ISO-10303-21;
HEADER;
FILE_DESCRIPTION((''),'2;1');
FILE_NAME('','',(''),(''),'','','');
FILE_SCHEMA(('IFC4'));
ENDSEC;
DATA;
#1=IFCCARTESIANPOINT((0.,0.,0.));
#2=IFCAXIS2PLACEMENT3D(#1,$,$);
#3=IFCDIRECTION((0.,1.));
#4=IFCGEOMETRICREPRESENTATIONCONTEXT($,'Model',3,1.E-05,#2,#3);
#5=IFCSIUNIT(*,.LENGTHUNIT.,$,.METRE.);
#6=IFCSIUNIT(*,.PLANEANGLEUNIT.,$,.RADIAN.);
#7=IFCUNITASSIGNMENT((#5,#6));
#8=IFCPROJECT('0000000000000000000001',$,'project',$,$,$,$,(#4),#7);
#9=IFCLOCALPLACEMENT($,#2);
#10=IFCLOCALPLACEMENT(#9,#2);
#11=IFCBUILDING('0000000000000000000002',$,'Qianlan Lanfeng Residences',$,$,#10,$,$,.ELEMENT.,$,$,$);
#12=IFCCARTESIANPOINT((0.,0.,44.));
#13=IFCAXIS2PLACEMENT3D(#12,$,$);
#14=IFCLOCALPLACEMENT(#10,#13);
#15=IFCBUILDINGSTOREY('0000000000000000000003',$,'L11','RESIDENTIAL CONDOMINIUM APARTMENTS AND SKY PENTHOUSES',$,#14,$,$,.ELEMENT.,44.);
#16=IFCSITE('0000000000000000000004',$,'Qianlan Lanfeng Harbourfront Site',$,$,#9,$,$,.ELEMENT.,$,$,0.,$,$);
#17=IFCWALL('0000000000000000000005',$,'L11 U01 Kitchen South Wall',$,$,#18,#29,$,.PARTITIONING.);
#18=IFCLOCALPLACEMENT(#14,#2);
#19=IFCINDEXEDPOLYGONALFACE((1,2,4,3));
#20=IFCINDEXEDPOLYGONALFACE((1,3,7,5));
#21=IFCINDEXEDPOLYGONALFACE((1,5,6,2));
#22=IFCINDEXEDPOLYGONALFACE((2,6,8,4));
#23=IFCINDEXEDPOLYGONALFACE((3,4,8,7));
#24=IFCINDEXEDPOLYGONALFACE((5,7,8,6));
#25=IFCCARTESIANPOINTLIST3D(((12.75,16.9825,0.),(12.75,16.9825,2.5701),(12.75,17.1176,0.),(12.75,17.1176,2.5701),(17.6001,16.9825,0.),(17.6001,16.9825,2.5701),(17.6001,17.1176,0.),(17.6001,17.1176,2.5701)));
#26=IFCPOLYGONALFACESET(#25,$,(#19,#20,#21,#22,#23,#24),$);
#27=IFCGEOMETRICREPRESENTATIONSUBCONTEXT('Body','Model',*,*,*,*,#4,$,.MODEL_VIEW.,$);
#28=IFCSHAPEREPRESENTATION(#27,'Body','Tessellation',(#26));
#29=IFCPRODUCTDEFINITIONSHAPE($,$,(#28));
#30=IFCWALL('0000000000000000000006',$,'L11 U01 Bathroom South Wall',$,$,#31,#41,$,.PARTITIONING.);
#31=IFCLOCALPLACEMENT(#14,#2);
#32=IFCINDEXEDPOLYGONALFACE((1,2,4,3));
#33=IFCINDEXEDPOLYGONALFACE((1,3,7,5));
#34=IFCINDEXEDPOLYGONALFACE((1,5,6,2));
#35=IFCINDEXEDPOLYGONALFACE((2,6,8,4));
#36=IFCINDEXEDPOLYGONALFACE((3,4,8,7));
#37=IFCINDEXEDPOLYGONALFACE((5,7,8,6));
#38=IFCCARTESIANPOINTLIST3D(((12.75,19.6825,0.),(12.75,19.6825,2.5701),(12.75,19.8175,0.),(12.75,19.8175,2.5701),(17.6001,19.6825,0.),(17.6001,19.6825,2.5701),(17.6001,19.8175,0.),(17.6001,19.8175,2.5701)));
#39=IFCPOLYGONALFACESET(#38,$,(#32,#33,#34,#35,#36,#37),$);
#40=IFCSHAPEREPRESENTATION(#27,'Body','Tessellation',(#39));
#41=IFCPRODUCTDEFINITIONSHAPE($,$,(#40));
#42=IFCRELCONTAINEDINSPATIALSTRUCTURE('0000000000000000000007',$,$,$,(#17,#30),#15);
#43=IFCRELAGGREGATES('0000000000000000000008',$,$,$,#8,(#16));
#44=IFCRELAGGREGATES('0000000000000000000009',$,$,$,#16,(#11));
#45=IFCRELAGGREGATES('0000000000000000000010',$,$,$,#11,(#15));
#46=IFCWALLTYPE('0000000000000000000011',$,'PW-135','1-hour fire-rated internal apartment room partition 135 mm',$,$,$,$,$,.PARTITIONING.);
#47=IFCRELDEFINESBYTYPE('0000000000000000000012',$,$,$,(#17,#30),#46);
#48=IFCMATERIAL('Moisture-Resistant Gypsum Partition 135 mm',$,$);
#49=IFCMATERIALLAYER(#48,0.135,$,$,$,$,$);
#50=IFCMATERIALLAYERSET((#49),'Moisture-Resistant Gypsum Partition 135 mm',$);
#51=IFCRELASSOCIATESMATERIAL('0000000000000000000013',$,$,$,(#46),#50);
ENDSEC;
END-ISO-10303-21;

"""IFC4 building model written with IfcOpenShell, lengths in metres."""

from ifc_helpers import new_model, si_unit, direction, frame, frame_2d, origin, place, context, subcontext, project, spatial, rectangle, extrude, material, layer, layer_set, type_object, element, save


model = new_model("IFC4")

# Units and contexts
model_context = context("Model", 3, precision=1e-05, world=origin(), true_north=direction((0.0, 1.0)))
body_context = subcontext(model_context, "Body", "Model", "MODEL_VIEW")
ifc_project = project(units=[si_unit("LENGTHUNIT", "METRE"), si_unit("PLANEANGLEUNIT", "RADIAN")], contexts=[model_context])

# Site, building, storey
site_placement = place(None, origin())
site = spatial("IfcSite", under=ifc_project, at=site_placement, Name="Qianlan Lanfeng Harbourfront Site", CompositionType="ELEMENT", RefElevation=0.0)
building_placement = place(site_placement, origin())
building = spatial("IfcBuilding", under=site, at=building_placement, Name="Qianlan Lanfeng Residences", CompositionType="ELEMENT")
storey_placement = place(building_placement, frame((0.0, 0.0, 44.0)))
storey = spatial("IfcBuildingStorey", under=building, at=storey_placement, Name="L11", Description="RESIDENTIAL CONDOMINIUM APARTMENTS AND SKY PENTHOUSES", CompositionType="ELEMENT", Elevation=44.0)

# Walls
ifc_material_1 = material(Name="Moisture-Resistant Gypsum Partition 135 mm")
ifc_layer = layer(ifc_material_1, 0.135)
ifc_layer_set = layer_set([ifc_layer], Name="Moisture-Resistant Gypsum Partition 135 mm")
wall_type = type_object("IfcWallType", Name="PW-135", Description="1-hour fire-rated internal apartment room partition 135 mm", PredefinedType="PARTITIONING", material=ifc_layer_set)
for number, where, z_axis, x_axis, name in (
    (1, (12.75, 17.05, 0.0), (0.0, 0.0, 1.0), (1.0, 0.0, 0.0), "L11 U01 Kitchen South Wall"),
    (2, (12.75, 19.75, 0.0), (0.0, 0.0, 1.0), (1.0, 0.0, 0.0), "L11 U01 Bathroom South Wall"),
):
    element("IfcWall", number, at=place(storey_placement, frame(where, z_axis=z_axis, x_axis=x_axis)), inside=storey, type_object=wall_type, Name=name, PredefinedType="PARTITIONING", context=body_context, shape_type="SweptSolid", body=[
        extrude(rectangle(XDim=4.8501, YDim=0.135, at=frame_2d((2.425, 0.0))), origin(), (0.0, 0.0, 1.0), 2.5701),
    ])

save(model, "model.ifc")
